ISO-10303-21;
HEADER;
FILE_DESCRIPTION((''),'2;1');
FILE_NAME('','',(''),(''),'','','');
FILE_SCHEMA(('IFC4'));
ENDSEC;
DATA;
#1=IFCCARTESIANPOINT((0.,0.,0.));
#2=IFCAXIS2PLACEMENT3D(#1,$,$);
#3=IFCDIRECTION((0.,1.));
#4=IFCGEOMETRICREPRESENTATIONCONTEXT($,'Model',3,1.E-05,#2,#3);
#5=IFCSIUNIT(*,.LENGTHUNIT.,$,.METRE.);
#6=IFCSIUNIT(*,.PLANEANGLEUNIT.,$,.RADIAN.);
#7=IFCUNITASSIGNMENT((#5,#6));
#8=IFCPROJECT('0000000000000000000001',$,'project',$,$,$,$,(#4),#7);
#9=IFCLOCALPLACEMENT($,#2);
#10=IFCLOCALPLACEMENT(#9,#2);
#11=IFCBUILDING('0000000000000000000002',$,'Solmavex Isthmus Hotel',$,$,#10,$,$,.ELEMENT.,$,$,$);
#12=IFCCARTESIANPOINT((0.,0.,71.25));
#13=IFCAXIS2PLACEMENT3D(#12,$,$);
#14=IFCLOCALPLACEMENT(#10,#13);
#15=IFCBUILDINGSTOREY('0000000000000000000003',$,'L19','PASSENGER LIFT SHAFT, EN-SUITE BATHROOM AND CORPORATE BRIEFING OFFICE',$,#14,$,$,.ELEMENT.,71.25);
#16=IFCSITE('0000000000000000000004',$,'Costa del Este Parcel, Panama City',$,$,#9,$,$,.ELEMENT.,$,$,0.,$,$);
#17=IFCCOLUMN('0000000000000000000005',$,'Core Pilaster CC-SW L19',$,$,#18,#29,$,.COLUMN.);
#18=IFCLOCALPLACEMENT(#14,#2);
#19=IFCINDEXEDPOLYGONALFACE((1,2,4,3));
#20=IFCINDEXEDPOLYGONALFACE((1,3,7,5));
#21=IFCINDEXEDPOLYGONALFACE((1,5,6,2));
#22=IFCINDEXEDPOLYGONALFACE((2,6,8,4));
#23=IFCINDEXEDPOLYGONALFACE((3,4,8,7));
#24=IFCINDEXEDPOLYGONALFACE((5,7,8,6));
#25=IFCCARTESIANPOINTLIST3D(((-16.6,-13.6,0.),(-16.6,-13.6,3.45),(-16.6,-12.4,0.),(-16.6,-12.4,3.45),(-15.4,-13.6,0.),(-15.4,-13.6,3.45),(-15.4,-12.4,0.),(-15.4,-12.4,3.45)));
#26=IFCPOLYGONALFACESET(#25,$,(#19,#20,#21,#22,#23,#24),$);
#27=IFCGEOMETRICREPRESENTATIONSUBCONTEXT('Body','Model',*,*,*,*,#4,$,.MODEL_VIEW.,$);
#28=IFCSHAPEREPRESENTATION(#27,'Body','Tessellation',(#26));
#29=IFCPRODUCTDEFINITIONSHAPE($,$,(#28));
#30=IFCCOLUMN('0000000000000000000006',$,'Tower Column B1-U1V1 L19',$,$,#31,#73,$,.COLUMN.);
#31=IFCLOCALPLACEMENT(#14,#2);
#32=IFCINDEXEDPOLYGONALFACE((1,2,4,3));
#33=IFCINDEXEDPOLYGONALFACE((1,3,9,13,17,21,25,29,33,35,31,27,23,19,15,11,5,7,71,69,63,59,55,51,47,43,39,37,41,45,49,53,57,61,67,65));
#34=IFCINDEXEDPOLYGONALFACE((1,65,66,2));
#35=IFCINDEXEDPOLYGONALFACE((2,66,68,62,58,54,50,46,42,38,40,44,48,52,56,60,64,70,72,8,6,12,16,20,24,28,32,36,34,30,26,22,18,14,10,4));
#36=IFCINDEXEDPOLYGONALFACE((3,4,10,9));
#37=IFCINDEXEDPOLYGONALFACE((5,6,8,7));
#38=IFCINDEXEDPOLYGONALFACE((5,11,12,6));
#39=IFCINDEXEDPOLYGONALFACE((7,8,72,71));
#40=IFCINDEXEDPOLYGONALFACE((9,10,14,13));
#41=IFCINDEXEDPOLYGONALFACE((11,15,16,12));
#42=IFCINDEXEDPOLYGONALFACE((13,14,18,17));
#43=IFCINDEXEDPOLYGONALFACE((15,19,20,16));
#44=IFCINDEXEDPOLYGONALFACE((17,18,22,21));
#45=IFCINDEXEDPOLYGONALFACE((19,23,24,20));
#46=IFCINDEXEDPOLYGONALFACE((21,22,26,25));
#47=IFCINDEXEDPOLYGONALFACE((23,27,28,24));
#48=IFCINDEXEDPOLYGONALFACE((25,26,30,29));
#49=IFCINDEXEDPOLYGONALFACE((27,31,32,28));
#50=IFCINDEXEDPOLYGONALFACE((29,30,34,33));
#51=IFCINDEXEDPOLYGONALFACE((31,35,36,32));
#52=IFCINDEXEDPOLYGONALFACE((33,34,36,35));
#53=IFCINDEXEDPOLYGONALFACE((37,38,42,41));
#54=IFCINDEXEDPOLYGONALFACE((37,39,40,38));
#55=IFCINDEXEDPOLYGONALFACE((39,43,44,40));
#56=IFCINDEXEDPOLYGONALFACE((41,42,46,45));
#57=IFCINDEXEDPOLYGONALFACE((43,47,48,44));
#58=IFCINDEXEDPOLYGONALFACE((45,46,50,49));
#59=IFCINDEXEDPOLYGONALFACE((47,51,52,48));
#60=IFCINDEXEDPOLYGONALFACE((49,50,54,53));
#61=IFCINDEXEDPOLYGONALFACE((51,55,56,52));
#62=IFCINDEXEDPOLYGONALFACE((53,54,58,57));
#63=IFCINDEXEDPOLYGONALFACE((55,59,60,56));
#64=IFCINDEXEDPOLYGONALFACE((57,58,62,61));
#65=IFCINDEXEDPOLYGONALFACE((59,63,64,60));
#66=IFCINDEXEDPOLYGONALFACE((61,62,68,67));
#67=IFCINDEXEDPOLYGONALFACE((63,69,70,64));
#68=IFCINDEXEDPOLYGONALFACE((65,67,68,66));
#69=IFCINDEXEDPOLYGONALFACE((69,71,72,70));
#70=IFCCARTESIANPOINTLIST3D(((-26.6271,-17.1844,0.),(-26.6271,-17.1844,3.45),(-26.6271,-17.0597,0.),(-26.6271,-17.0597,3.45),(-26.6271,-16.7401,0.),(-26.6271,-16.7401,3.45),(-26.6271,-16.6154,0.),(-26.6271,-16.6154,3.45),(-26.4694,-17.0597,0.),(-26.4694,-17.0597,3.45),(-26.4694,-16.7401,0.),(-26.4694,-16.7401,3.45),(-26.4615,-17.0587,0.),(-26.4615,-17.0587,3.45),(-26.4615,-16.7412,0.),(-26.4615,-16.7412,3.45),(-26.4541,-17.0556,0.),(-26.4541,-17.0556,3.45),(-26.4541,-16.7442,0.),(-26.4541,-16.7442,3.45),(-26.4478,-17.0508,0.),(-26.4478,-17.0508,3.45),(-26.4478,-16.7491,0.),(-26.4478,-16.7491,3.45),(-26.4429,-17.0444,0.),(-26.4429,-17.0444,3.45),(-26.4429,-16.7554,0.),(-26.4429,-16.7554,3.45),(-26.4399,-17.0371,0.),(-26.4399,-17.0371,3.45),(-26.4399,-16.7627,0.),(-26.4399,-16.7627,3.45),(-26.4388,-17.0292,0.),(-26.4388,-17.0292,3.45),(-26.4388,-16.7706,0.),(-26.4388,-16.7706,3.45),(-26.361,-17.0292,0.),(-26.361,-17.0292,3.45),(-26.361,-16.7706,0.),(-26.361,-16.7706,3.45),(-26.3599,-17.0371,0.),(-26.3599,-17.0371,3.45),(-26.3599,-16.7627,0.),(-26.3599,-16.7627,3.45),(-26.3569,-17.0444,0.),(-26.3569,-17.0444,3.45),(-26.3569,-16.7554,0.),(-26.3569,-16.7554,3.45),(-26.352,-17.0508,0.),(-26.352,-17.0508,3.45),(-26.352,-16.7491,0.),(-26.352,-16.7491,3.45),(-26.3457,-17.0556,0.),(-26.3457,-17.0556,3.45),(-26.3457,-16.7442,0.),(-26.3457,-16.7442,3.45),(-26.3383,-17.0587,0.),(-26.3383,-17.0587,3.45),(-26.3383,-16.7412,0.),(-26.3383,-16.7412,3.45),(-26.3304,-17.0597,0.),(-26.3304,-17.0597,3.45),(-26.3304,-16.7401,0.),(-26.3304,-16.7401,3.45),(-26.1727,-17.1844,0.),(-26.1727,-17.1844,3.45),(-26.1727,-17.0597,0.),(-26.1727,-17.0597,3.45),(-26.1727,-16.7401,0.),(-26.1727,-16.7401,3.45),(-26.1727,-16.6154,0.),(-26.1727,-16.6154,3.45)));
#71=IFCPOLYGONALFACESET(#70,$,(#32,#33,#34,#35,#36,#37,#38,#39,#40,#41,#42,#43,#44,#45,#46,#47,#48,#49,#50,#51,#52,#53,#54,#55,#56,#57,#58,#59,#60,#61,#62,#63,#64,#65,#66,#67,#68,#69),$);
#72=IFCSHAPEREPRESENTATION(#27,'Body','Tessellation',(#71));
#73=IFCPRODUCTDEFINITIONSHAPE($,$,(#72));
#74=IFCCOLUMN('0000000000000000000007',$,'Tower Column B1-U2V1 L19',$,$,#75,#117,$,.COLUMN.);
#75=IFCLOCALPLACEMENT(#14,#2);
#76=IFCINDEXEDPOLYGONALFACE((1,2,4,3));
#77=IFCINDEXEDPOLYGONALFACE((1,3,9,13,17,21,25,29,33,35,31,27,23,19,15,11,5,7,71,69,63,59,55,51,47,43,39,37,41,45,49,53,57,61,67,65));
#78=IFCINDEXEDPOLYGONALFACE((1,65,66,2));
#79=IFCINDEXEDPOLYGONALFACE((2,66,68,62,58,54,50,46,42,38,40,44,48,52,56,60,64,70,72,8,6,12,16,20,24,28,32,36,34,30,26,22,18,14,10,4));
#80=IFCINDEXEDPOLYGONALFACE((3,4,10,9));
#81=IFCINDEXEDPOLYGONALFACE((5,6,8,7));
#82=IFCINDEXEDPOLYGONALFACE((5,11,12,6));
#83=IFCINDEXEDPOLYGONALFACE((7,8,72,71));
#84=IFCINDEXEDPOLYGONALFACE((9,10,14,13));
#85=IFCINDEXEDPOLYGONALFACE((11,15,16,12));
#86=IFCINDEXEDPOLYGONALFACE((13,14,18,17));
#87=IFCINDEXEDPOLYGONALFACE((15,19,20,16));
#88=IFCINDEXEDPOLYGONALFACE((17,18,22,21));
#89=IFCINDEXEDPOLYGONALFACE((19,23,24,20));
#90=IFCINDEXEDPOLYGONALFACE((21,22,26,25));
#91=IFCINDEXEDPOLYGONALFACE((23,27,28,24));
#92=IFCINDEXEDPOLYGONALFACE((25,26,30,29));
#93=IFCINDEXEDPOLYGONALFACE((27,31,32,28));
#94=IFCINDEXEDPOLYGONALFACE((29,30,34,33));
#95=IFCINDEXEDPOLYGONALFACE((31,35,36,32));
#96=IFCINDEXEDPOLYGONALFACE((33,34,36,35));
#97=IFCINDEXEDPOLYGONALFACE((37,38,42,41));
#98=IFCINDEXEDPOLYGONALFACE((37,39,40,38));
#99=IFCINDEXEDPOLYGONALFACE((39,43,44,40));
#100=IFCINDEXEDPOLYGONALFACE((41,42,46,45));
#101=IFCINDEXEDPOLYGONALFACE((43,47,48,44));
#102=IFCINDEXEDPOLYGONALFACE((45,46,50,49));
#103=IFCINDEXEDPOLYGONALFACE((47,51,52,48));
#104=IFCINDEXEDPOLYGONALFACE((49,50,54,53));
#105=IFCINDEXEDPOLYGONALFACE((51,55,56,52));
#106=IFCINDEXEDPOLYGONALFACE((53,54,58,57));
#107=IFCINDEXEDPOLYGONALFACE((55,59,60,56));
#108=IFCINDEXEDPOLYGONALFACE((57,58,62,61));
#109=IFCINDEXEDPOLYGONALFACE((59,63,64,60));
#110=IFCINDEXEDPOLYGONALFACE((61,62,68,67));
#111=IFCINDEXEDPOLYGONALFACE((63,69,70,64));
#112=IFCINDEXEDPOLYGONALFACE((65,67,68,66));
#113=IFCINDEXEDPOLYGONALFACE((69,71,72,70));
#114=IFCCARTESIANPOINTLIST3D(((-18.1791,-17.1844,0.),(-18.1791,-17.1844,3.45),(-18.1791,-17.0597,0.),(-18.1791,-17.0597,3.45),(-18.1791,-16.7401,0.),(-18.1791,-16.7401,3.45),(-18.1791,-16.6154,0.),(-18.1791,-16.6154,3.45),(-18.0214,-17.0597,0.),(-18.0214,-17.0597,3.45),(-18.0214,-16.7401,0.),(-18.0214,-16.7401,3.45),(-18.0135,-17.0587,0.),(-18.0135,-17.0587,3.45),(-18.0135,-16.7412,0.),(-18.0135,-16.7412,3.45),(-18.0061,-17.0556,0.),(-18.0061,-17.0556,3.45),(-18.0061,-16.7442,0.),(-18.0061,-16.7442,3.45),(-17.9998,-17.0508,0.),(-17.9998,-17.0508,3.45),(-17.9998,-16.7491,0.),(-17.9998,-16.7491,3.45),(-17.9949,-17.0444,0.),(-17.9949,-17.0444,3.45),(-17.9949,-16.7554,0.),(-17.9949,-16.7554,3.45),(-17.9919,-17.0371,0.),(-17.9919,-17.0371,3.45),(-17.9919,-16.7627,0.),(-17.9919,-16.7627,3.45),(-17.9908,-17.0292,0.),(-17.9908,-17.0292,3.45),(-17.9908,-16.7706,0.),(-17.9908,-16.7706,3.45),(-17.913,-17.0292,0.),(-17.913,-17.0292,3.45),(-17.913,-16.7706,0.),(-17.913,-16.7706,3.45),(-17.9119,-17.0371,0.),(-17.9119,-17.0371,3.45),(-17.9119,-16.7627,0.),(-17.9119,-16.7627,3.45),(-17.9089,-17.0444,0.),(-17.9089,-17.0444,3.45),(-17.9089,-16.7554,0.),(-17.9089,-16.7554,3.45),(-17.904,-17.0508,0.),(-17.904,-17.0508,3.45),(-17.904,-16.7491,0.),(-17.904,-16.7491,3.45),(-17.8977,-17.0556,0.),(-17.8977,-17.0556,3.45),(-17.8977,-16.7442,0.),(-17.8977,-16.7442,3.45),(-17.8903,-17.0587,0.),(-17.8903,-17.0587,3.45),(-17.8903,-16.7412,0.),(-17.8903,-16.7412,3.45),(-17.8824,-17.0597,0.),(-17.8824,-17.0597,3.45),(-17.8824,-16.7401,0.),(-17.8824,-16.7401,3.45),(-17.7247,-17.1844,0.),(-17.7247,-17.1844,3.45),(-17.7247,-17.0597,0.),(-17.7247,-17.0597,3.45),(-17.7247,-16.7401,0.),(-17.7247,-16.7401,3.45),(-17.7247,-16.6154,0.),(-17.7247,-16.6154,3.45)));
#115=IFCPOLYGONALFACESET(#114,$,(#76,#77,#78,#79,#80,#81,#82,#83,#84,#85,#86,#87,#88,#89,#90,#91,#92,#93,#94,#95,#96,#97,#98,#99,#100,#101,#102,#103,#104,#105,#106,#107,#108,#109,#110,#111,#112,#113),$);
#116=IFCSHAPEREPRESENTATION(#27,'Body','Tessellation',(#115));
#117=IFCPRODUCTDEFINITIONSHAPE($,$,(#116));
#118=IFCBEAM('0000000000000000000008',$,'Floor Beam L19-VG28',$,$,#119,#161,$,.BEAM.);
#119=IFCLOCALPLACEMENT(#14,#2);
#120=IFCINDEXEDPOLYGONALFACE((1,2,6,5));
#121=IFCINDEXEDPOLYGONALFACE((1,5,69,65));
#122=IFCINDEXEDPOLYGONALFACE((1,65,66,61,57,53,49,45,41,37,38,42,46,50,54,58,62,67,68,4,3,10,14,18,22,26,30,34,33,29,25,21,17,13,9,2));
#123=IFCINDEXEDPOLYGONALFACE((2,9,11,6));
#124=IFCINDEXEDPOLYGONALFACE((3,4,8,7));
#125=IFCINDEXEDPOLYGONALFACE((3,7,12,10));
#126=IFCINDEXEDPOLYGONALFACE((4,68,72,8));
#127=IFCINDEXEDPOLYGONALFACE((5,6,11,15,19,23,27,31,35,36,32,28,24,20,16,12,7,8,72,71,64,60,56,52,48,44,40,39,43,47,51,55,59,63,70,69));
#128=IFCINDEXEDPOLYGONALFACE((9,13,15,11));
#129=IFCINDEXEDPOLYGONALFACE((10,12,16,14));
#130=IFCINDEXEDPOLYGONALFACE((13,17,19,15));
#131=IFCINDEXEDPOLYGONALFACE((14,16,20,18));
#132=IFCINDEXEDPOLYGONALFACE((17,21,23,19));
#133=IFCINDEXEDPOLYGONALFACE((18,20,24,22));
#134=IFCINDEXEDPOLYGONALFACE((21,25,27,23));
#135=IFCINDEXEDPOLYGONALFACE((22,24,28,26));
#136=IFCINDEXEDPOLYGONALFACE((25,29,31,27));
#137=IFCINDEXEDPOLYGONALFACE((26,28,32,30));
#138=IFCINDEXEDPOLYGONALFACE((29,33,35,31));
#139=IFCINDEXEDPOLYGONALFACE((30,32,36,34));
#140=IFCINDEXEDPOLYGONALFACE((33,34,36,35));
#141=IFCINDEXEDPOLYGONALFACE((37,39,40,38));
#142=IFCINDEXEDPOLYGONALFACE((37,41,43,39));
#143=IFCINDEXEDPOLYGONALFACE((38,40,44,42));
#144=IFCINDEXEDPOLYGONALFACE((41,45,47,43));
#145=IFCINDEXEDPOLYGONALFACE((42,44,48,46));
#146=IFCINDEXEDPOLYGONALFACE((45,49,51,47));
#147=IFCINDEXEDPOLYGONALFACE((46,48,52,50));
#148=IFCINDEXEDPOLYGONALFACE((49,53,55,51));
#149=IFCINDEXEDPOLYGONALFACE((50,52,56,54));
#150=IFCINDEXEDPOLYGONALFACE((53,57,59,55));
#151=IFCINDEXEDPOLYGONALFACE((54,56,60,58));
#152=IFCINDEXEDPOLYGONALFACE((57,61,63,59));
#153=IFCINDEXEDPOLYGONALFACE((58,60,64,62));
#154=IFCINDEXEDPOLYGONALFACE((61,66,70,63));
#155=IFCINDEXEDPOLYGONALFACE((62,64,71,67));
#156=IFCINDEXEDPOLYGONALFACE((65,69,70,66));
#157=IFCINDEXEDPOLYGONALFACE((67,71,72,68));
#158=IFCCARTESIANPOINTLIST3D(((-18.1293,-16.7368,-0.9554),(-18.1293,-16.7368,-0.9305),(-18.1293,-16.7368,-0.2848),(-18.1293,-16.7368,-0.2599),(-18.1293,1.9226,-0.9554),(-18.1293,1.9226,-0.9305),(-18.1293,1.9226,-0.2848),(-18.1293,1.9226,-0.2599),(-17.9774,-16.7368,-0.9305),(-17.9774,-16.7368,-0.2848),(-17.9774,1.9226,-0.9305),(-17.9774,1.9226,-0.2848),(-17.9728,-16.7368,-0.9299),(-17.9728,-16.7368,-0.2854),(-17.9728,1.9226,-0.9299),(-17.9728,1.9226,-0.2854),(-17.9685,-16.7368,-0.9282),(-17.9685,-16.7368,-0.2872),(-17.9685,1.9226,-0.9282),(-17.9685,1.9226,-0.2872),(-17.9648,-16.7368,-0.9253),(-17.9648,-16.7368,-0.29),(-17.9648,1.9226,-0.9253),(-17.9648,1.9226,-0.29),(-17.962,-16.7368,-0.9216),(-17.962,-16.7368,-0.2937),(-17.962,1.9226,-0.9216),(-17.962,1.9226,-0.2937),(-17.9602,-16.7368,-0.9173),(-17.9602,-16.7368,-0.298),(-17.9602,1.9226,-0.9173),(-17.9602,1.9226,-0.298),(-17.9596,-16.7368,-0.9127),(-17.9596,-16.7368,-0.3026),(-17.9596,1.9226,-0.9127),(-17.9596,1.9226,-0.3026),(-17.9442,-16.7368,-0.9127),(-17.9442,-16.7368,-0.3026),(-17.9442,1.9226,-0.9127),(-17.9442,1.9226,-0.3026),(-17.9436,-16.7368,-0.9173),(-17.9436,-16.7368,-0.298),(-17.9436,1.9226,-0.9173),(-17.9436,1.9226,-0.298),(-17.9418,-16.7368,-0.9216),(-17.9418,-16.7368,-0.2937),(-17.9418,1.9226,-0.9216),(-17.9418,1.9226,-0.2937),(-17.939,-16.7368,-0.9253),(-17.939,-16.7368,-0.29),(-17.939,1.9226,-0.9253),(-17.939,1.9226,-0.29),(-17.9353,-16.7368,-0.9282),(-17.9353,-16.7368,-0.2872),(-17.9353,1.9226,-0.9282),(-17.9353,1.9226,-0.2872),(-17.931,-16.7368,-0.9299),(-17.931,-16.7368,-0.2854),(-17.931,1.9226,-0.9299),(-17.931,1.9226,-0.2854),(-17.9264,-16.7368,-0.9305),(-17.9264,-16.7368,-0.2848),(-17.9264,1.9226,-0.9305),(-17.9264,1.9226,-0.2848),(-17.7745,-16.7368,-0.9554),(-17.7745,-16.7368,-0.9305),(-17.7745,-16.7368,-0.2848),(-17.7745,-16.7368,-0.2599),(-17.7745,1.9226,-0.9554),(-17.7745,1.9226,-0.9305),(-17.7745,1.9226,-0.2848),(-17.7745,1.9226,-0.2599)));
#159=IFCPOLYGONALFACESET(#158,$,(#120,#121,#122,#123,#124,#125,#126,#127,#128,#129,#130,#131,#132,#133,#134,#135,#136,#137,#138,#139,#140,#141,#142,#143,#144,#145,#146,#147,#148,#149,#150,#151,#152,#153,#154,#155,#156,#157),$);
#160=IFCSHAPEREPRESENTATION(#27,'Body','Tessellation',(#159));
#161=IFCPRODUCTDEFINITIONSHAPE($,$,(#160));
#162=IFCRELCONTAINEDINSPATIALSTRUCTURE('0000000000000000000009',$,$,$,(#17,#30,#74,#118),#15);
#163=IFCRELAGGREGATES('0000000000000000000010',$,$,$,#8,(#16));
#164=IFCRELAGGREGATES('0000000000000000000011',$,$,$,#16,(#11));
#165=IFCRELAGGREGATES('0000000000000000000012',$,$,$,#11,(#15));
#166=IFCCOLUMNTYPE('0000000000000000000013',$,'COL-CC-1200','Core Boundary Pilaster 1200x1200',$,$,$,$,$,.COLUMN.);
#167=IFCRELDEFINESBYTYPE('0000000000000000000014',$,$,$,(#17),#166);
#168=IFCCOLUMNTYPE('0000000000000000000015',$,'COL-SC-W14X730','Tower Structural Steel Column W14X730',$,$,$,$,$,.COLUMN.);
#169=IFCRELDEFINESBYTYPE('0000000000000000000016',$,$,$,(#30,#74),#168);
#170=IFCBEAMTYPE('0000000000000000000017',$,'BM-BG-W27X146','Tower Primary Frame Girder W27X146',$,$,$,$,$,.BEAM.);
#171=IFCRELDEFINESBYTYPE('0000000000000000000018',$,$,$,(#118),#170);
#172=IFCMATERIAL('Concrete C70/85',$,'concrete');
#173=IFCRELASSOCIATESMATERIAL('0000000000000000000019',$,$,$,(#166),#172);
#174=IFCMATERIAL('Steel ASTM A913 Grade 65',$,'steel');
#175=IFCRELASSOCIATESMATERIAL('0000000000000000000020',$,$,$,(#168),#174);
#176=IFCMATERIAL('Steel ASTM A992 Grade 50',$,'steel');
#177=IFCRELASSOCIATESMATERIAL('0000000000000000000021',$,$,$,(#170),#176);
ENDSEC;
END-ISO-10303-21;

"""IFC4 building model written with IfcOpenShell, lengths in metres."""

from ifc_helpers import new_model, si_unit, direction, frame, origin, origin_2d, place, context, subcontext, project, spatial, rectangle, i_section, extrude, material, material_profile, profile_set, type_object, element, save


model = new_model("IFC4")

# Units and contexts
model_context = context("Model", 3, precision=1e-05, world=origin(), true_north=direction((0.0, 1.0)))
body_context = subcontext(model_context, "Body", "Model", "MODEL_VIEW")
ifc_project = project(units=[si_unit("LENGTHUNIT", "METRE"), si_unit("PLANEANGLEUNIT", "RADIAN")], contexts=[model_context])

# Site, building, storey
site_placement = place(None, origin())
site = spatial("IfcSite", under=ifc_project, at=site_placement, Name="Costa del Este Parcel, Panama City", CompositionType="ELEMENT", RefElevation=0.0)
building_placement = place(site_placement, origin())
building = spatial("IfcBuilding", under=site, at=building_placement, Name="Solmavex Isthmus Hotel", CompositionType="ELEMENT")
storey_placement = place(building_placement, frame((0.0, 0.0, 71.25)))
storey = spatial("IfcBuildingStorey", under=building, at=storey_placement, Name="L19", Description="PASSENGER LIFT SHAFT, EN-SUITE BATHROOM AND CORPORATE BRIEFING OFFICE", CompositionType="ELEMENT", Elevation=71.25)

# Columns
ifc_material_1 = material(Name="Concrete C70/85", Category="concrete")
ifc_material_profile_1 = material_profile(ifc_material_1, rectangle(XDim=1.2, YDim=1.2, at=origin_2d()), Name="RC1200X1200")
ifc_profile_set_1 = profile_set([ifc_material_profile_1], Name="Concrete C70/85")
column_type_1 = type_object("IfcColumnType", Name="COL-CC-1200", Description="Core Boundary Pilaster 1200x1200", PredefinedType="COLUMN", material=ifc_profile_set_1)
column_placement = place(storey_placement, frame((-16.0, -13.0, 0.0), z_axis=(0.0, 0.0, 1.0), x_axis=(1.0, 0.0, 0.0)))
element("IfcColumn", 1, at=column_placement, inside=storey, type_object=column_type_1, Name="Core Pilaster CC-SW L19", PredefinedType="COLUMN", context=body_context, shape_type="SweptSolid", body=[
    extrude(rectangle(XDim=1.2, YDim=1.2, at=origin_2d()), origin(), (0.0, 0.0, 1.0), 3.45),
])
ifc_material_2 = material(Name="Steel ASTM A913 Grade 65", Category="steel")
ifc_material_profile_2 = material_profile(ifc_material_2, i_section(OverallWidth=0.4543, OverallDepth=0.5691, WebThickness=0.0779, FlangeThickness=0.1248, FilletRadius=0.0305, at=origin_2d()), Name="W14X730")
ifc_profile_set_2 = profile_set([ifc_material_profile_2], Name="Steel ASTM A913 Grade 65")
column_type_2 = type_object("IfcColumnType", Name="COL-SC-W14X730", Description="Tower Structural Steel Column W14X730", PredefinedType="COLUMN", material=ifc_profile_set_2)
for number, where, z_axis, x_axis, name in (
    (2, (-26.3999, -16.8999, 0.0), (0.0, 0.0, 1.0), (1.0, 0.0, 0.0), "Tower Column B1-U1V1 L19"),
    (3, (-17.9519, -16.8999, 0.0), (0.0, 0.0, 1.0), (1.0, 0.0, 0.0), "Tower Column B1-U2V1 L19"),
):
    element("IfcColumn", number, at=place(storey_placement, frame(where, z_axis=z_axis, x_axis=x_axis)), inside=storey, type_object=column_type_2, Name=name, PredefinedType="COLUMN", context=body_context, shape_type="SweptSolid", body=[
        extrude(i_section(OverallWidth=0.4543, OverallDepth=0.5691, WebThickness=0.0779, FlangeThickness=0.1248, FilletRadius=0.0305, at=origin_2d()), origin(), (0.0, 0.0, 1.0), 3.45),
    ])

# Beam
ifc_material_3 = material(Name="Steel ASTM A992 Grade 50", Category="steel")
ifc_material_profile_3 = material_profile(ifc_material_3, i_section(OverallWidth=0.3547, OverallDepth=0.6956, WebThickness=0.0154, FlangeThickness=0.0249, FilletRadius=0.0178, at=origin_2d()), Name="W27X146")
ifc_profile_set_3 = profile_set([ifc_material_profile_3], Name="Steel ASTM A992 Grade 50")
beam_type_1 = type_object("IfcBeamType", Name="BM-BG-W27X146", Description="Tower Primary Frame Girder W27X146", PredefinedType="BEAM", material=ifc_profile_set_3)
beam_1_placement = place(storey_placement, frame((-17.9519, -16.7368, -0.6077), z_axis=(0.0, 1.0, 0.0), x_axis=(-1.0, 0.0, 0.0)))
element("IfcBeam", 4, at=beam_1_placement, inside=storey, type_object=beam_type_1, Name="Floor Beam L19-VG28", PredefinedType="BEAM", context=body_context, shape_type="SweptSolid", body=[
    extrude(i_section(OverallWidth=0.3547, OverallDepth=0.6956, WebThickness=0.0154, FlangeThickness=0.0249, FilletRadius=0.0178, at=origin_2d()), origin(), (0.0, 0.0, 1.0), 18.6594),
])

save(model, "model.ifc")
